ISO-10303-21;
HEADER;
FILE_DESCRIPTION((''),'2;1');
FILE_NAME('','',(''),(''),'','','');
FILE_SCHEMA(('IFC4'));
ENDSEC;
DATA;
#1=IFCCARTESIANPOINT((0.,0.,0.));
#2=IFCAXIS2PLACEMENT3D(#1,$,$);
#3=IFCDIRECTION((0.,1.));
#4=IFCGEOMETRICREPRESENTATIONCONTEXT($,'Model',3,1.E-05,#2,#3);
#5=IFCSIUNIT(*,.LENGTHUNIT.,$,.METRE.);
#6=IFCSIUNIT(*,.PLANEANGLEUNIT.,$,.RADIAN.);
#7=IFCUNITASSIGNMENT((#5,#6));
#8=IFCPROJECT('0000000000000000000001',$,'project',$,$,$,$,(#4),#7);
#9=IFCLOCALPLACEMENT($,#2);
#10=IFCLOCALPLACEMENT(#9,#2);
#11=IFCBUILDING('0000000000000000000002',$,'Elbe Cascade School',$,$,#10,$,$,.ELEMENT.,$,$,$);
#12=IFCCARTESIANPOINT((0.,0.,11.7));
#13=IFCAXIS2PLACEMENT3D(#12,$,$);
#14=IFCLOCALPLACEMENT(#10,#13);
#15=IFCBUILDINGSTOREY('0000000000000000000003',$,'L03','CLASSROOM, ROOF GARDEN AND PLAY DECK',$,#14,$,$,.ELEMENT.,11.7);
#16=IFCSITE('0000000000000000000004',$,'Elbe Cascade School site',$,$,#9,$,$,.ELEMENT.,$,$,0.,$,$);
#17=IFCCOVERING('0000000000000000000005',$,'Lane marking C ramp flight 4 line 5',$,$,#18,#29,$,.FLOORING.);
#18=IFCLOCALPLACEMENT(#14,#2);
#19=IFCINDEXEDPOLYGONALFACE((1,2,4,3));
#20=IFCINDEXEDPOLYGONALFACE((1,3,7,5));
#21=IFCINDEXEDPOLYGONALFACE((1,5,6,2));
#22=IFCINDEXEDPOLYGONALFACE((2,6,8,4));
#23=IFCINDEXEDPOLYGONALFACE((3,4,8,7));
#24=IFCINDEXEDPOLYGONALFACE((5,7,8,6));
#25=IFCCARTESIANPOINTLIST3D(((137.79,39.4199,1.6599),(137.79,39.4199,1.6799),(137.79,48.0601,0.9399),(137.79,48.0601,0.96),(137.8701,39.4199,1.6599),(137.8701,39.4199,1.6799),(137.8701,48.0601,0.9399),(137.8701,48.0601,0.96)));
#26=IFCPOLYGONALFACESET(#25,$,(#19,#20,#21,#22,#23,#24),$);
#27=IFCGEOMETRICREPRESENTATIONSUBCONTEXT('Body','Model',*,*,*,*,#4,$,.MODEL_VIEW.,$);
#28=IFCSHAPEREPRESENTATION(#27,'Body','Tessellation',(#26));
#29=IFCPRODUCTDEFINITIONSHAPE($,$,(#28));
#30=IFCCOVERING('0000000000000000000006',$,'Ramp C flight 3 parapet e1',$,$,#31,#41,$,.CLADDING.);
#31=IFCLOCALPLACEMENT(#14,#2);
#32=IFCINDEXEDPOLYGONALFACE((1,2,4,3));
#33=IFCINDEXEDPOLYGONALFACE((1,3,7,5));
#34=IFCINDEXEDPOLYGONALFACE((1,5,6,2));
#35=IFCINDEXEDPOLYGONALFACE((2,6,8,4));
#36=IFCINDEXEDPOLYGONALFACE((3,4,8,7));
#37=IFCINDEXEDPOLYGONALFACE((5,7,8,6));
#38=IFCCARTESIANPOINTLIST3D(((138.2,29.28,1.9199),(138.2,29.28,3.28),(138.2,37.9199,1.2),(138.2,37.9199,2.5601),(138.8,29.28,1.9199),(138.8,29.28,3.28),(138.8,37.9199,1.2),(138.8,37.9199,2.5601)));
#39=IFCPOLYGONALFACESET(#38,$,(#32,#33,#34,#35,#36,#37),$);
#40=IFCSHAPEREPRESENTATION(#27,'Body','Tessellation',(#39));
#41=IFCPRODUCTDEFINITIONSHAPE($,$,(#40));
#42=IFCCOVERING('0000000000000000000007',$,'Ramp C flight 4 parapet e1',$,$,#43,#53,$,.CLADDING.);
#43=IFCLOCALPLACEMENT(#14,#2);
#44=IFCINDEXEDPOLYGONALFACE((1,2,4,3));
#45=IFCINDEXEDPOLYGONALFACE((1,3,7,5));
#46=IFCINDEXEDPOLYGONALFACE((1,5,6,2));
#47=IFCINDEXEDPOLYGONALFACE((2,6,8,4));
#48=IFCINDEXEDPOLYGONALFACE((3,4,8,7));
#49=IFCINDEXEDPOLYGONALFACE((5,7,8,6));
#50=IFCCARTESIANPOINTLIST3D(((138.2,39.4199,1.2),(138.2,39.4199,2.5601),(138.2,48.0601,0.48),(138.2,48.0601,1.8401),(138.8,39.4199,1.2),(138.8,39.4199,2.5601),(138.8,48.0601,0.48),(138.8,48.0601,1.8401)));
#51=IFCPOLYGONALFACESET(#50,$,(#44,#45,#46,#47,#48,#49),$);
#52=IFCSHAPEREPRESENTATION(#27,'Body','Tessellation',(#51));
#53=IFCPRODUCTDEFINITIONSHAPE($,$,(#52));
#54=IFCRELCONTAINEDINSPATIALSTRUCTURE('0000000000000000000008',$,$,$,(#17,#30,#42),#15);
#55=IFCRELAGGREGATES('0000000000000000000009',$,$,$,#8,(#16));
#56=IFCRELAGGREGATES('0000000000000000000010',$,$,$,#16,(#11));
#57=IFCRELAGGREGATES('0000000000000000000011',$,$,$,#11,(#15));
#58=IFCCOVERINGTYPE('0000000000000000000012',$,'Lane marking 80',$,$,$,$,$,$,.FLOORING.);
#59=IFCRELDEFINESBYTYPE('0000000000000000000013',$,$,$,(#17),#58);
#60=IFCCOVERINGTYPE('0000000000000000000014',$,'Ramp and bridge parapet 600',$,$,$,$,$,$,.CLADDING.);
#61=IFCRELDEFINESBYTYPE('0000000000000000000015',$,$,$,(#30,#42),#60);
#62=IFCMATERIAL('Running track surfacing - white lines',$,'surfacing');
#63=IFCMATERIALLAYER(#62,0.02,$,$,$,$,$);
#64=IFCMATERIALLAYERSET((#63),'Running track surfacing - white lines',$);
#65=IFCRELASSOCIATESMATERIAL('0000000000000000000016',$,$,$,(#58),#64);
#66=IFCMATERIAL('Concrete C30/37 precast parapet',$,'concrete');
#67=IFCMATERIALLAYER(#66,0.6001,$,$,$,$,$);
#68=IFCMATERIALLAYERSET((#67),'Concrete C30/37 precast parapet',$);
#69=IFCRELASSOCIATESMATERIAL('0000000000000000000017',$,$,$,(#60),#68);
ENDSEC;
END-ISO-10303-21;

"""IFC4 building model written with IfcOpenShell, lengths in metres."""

from ifc_helpers import new_model, si_unit, direction, frame, origin, place, context, subcontext, project, spatial, polyline, outline, extrude, material, layer, layer_set, type_object, element, save


model = new_model("IFC4")

# Units and contexts
model_context = context("Model", 3, precision=1e-05, world=origin(), true_north=direction((0.0, 1.0)))
body_context = subcontext(model_context, "Body", "Model", "MODEL_VIEW")
ifc_project = project(units=[si_unit("LENGTHUNIT", "METRE"), si_unit("PLANEANGLEUNIT", "RADIAN")], contexts=[model_context])

# Site, building, storey
site_placement = place(None, origin())
site = spatial("IfcSite", under=ifc_project, at=site_placement, Name="Elbe Cascade School site", CompositionType="ELEMENT", RefElevation=0.0)
building_placement = place(site_placement, origin())
building = spatial("IfcBuilding", under=site, at=building_placement, Name="Elbe Cascade School", CompositionType="ELEMENT")
storey_placement = place(building_placement, frame((0.0, 0.0, 11.7)))
storey = spatial("IfcBuildingStorey", under=building, at=storey_placement, Name="L03", Description="CLASSROOM, ROOF GARDEN AND PLAY DECK", CompositionType="ELEMENT", Elevation=11.7)

# Coverings
ifc_material_1 = material(Name="Running track surfacing - white lines", Category="surfacing")
ifc_layer_1 = layer(ifc_material_1, 0.02)
ifc_layer_set_1 = layer_set([ifc_layer_1], Name="Running track surfacing - white lines")
covering_type_1 = type_object("IfcCoveringType", Name="Lane marking 80", PredefinedType="FLOORING", material=ifc_layer_set_1)
for number, where, z_axis, x_axis, name in (
    (1, (137.79, 39.4199, 1.6799), (0.0, 0.083041, 0.996546), (0.0, 0.996546, -0.083041), "Lane marking C ramp flight 4 line 5"),
):
    element("IfcCovering", number, at=place(storey_placement, frame(where, z_axis=z_axis, x_axis=x_axis)), inside=storey, type_object=covering_type_1, Name=name, PredefinedType="FLOORING", context=body_context, shape_type="SweptSolid", body=[
        extrude(outline(polyline([(0.0, 0.0), (8.6701, 0.0), (8.6701, -0.0801), (0.0, -0.0801), (0.0, 0.0)])), origin(), (0.083041, 0.0, -0.996546), 0.02),
    ])
ifc_material_2 = material(Name="Concrete C30/37 precast parapet", Category="concrete")
ifc_layer_2 = layer(ifc_material_2, 0.6001)
ifc_layer_set_2 = layer_set([ifc_layer_2], Name="Concrete C30/37 precast parapet")
covering_type_2 = type_object("IfcCoveringType", Name="Ramp and bridge parapet 600", PredefinedType="CLADDING", material=ifc_layer_set_2)
covering_1_placement = place(storey_placement, frame((138.2, 29.28, 3.28), z_axis=(0.0, 0.083043, 0.996546), x_axis=(0.0, 0.996546, -0.083043)))
element("IfcCovering", 2, at=covering_1_placement, inside=storey, type_object=covering_type_2, Name="Ramp C flight 3 parapet e1", PredefinedType="CLADDING", context=body_context, shape_type="SweptSolid", body=[
    extrude(outline(polyline([(0.0, 0.0), (8.6698, 0.0), (8.6698, -0.6001), (0.0, -0.6001), (0.0, 0.0)])), origin(), (0.083043, 0.0, -0.996546), 1.3601),
])
covering_2_placement = place(storey_placement, frame((138.2, 39.4199, 2.5601), z_axis=(0.0, 0.083041, 0.996546), x_axis=(0.0, 0.996546, -0.083041)))
element("IfcCovering", 3, at=covering_2_placement, inside=storey, type_object=covering_type_2, Name="Ramp C flight 4 parapet e1", PredefinedType="CLADDING", context=body_context, shape_type="SweptSolid", body=[
    extrude(outline(polyline([(0.0, 0.0), (8.6701, 0.0), (8.6701, -0.6001), (0.0, -0.6001), (0.0, 0.0)])), origin(), (0.083041, 0.0, -0.996546), 1.3601),
])

save(model, "model.ifc")
